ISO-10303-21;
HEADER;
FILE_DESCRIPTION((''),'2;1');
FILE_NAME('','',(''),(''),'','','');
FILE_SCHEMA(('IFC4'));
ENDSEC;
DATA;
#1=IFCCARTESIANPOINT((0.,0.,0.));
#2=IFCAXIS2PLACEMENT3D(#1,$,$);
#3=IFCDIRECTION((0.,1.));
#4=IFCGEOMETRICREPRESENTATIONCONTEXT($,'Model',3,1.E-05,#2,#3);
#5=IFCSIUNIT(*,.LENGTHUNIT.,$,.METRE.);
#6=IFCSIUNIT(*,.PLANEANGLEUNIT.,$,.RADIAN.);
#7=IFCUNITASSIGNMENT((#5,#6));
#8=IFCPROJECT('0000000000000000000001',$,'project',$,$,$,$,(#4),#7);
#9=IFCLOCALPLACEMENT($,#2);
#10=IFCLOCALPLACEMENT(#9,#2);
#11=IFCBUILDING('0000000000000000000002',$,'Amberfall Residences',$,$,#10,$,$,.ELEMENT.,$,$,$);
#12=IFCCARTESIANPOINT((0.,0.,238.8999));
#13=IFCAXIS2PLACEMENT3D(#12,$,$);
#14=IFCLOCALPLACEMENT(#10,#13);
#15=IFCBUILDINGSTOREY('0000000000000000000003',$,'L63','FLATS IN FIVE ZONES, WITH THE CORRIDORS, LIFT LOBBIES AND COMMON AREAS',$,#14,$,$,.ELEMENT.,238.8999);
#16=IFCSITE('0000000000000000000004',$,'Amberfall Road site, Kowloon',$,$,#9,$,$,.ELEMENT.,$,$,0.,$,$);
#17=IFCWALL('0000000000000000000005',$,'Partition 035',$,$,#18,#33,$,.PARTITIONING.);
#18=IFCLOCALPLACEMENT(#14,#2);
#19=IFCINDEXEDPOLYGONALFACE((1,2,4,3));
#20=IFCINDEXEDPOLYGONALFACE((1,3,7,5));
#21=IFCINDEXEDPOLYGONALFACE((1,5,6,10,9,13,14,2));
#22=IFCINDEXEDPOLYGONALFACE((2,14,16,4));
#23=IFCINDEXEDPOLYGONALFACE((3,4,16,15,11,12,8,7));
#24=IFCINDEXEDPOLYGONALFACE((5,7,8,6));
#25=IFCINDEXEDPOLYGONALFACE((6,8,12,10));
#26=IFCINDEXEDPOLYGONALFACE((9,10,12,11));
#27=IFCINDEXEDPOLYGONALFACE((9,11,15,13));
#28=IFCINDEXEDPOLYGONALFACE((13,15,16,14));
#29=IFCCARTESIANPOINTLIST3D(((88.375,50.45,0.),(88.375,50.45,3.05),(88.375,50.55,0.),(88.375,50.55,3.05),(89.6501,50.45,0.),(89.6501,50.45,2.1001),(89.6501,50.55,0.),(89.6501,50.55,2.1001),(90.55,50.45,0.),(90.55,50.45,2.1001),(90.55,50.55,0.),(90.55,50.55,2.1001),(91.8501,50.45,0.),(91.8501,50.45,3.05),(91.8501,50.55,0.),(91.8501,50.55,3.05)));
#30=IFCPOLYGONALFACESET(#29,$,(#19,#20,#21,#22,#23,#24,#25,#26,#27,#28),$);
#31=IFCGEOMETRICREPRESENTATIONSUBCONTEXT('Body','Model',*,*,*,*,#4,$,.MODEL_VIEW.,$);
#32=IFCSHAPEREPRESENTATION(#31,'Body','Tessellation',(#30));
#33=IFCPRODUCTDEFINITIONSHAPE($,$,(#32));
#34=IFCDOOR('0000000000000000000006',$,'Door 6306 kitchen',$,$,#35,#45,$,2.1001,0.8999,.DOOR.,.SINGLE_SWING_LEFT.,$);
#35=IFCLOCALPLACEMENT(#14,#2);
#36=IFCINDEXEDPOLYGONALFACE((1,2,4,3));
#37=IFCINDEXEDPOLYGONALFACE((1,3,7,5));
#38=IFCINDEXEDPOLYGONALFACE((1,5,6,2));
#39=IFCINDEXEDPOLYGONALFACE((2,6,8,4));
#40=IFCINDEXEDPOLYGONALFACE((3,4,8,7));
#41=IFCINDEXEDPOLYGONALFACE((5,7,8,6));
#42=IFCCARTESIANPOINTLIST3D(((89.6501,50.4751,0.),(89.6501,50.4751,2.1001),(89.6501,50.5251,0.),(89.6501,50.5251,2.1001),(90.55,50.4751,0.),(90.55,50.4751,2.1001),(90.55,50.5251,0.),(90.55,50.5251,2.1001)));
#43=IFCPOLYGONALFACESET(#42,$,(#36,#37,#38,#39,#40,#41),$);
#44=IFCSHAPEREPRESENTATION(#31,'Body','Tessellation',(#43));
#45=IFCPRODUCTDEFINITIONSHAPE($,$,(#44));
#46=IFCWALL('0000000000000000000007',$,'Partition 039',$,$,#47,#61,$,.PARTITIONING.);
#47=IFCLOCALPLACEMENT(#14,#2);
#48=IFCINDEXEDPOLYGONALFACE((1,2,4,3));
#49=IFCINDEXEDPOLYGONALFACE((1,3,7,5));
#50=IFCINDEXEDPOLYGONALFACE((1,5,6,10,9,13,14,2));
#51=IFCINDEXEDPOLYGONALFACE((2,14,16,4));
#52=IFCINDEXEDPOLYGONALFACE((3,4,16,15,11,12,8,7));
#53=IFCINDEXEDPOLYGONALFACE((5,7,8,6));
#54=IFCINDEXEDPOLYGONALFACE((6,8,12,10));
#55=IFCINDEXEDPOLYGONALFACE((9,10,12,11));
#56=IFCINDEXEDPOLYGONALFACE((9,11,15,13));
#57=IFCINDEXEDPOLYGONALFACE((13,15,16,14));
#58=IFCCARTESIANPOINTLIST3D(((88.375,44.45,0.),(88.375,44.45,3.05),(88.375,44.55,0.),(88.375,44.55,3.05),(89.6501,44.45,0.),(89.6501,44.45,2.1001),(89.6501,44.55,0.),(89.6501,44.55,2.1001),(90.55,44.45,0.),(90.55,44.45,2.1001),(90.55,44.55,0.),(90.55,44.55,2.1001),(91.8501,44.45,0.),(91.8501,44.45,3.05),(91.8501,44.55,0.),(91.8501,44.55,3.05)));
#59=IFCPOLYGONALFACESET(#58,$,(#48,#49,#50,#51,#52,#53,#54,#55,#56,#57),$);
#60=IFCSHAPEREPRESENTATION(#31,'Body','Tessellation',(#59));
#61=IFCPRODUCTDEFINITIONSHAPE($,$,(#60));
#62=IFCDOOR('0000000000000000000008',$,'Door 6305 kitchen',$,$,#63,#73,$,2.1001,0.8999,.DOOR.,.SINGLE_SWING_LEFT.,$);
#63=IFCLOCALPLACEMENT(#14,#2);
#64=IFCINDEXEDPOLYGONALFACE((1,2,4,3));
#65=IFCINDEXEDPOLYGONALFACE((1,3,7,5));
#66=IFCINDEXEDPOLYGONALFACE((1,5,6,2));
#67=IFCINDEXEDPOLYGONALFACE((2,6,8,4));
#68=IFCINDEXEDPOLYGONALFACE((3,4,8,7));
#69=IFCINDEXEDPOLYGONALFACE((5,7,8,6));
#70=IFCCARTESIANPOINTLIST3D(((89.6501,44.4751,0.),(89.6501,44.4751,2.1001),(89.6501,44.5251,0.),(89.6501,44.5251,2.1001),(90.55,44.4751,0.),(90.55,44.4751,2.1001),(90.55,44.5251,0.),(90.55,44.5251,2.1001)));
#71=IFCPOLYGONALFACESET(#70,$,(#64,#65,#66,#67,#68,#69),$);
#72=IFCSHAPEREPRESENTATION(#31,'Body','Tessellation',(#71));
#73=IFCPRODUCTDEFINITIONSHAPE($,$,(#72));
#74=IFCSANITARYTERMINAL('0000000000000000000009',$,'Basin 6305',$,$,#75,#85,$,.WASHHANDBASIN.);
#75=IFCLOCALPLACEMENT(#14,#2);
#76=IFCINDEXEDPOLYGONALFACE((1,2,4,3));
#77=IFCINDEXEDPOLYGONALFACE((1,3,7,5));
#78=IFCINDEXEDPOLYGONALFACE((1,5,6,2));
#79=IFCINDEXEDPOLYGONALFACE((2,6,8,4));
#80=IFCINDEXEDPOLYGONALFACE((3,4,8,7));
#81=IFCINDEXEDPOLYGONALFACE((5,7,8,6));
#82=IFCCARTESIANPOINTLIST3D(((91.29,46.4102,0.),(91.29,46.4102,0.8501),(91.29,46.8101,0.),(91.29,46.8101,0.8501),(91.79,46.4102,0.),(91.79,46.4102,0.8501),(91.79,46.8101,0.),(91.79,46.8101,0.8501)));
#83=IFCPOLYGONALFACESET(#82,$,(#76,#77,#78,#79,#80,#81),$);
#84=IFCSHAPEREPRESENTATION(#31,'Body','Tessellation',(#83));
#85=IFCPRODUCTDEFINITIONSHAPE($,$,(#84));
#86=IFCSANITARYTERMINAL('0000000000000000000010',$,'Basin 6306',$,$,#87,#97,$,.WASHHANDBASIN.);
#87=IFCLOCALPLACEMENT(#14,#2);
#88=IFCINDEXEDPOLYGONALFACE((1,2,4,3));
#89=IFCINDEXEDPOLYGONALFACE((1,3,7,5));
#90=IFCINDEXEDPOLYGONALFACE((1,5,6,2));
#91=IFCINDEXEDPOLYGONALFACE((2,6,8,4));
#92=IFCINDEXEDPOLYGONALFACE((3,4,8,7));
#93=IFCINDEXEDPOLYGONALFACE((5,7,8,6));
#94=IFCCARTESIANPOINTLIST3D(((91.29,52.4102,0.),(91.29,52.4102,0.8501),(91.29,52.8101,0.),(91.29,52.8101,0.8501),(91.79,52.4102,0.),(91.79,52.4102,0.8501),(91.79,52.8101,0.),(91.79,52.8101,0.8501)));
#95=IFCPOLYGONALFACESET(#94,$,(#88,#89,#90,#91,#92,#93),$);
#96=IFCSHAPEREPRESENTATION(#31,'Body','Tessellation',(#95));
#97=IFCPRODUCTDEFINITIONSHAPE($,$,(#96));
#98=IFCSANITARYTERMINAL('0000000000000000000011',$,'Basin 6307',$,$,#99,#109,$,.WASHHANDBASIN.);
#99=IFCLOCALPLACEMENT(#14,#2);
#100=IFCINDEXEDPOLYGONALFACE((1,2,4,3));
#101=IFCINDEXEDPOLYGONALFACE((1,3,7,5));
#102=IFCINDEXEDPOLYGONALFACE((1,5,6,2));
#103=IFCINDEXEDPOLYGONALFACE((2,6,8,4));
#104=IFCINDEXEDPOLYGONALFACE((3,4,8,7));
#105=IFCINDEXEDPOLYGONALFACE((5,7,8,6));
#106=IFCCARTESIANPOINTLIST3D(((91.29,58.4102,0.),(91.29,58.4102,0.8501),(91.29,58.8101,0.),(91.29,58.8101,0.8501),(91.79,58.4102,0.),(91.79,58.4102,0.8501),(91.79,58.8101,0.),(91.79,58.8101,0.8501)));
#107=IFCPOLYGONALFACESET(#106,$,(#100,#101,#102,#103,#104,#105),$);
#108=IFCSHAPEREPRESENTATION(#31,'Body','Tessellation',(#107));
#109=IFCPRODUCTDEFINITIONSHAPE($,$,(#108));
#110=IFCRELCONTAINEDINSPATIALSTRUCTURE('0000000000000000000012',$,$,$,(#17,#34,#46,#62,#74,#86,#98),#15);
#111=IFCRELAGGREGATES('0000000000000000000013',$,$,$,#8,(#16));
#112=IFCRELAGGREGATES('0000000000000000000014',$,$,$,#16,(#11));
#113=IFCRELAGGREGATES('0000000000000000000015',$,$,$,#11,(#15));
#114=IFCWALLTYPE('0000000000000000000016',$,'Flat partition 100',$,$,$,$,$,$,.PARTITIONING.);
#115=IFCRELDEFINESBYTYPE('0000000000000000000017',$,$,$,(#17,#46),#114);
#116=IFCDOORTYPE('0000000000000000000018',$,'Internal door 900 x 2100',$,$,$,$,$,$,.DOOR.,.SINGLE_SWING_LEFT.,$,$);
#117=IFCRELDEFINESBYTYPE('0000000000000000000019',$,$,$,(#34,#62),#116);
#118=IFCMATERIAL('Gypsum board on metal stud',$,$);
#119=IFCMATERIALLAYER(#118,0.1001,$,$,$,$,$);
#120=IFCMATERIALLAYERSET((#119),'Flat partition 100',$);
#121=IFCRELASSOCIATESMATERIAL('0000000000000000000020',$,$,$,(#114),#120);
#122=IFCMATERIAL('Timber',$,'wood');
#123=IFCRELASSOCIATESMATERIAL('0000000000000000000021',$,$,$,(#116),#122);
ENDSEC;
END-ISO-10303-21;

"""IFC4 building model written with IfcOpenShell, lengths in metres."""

from ifc_helpers import new_model, si_unit, direction, frame, frame_2d, origin, origin_2d, place, context, subcontext, project, spatial, rectangle, extrude, material, layer, layer_set, type_object, element, fill, save


model = new_model("IFC4")

# Units and contexts
model_context = context("Model", 3, precision=1e-05, world=origin(), true_north=direction((0.0, 1.0)))
body_context = subcontext(model_context, "Body", "Model", "MODEL_VIEW")
ifc_project = project(units=[si_unit("LENGTHUNIT", "METRE"), si_unit("PLANEANGLEUNIT", "RADIAN")], contexts=[model_context])

# Site, building, storey
site_placement = place(None, origin())
site = spatial("IfcSite", under=ifc_project, at=site_placement, Name="Amberfall Road site, Kowloon", CompositionType="ELEMENT", RefElevation=0.0)
building_placement = place(site_placement, origin())
building = spatial("IfcBuilding", under=site, at=building_placement, Name="Amberfall Residences", CompositionType="ELEMENT")
storey_placement = place(building_placement, frame((0.0, 0.0, 238.8999)))
storey = spatial("IfcBuildingStorey", under=building, at=storey_placement, Name="L63", Description="FLATS IN FIVE ZONES, WITH THE CORRIDORS, LIFT LOBBIES AND COMMON AREAS", CompositionType="ELEMENT", Elevation=238.8999)

# Shared definitions
ifc_material_1 = material(Name="Gypsum board on metal stud")
ifc_layer_1 = layer(ifc_material_1, 0.1001)
ifc_layer_set_1 = layer_set([ifc_layer_1], Name="Flat partition 100")
wall_type = type_object("IfcWallType", Name="Flat partition 100", PredefinedType="PARTITIONING", material=ifc_layer_set_1)

# Walls, openings, doors
ifc_material_2 = material(Name="Timber", Category="wood")
door_type = type_object("IfcDoorType", Name="Internal door 900 x 2100", OperationType="SINGLE_SWING_LEFT", PredefinedType="DOOR", material=ifc_material_2)
wall_1_placement = place(storey_placement, frame((91.8501, 50.5, 0.0), z_axis=(0.0, 0.0, 1.0), x_axis=(-1.0, 0.0, 0.0)))
wall_1 = element("IfcWall", 1, at=wall_1_placement, inside=storey, type_object=wall_type, Name="Partition 035", PredefinedType="PARTITIONING", context=body_context, shape_type="SweptSolid", body=[
    extrude(rectangle(XDim=3.4751, YDim=0.1001, at=frame_2d((1.7375, 0.0))), origin(), (0.0, 0.0, 1.0), 3.05),
])
opening_1_placement = place(wall_1_placement, frame((1.3, 0.0, 0.0)))
opening_1 = element("IfcOpeningElement", 2, at=opening_1_placement, cuts=wall_1, PredefinedType="OPENING", context=body_context, shape_type="SweptSolid", body=[
    extrude(rectangle(XDim=0.8999, YDim=2.1001, at=frame_2d((0.45, 1.05))), frame((0.0, 0.0601, 0.0), z_axis=(0.0, -1.0, 0.0), x_axis=(1.0, 0.0, 0.0)), (0.0, 0.0, 1.0), 0.1201),
])
door_1_placement = place(opening_1_placement, origin())
door_1 = element("IfcDoor", 3, at=door_1_placement, inside=storey, type_object=door_type, Name="Door 6306 kitchen", OperationType="SINGLE_SWING_LEFT", OverallHeight=2.1001, OverallWidth=0.8999, PredefinedType="DOOR", context=body_context, shape_type="SweptSolid", body=[
    extrude(rectangle(XDim=0.8999, YDim=2.1001, at=frame_2d((0.45, 1.05))), frame((0.0, 0.0249, 0.0), z_axis=(0.0, -1.0, 0.0), x_axis=(1.0, 0.0, 0.0)), (0.0, 0.0, 1.0), 0.05),
])
fill(opening_1, door_1)
wall_2_placement = place(storey_placement, frame((91.8501, 44.5, 0.0), z_axis=(0.0, 0.0, 1.0), x_axis=(-1.0, 0.0, 0.0)))
wall_2 = element("IfcWall", 4, at=wall_2_placement, inside=storey, type_object=wall_type, Name="Partition 039", PredefinedType="PARTITIONING", context=body_context, shape_type="SweptSolid", body=[
    extrude(rectangle(XDim=3.4751, YDim=0.1001, at=frame_2d((1.7375, 0.0))), origin(), (0.0, 0.0, 1.0), 3.05),
])
opening_2_placement = place(wall_2_placement, frame((1.3, 0.0, 0.0)))
opening_2 = element("IfcOpeningElement", 5, at=opening_2_placement, cuts=wall_2, PredefinedType="OPENING", context=body_context, shape_type="SweptSolid", body=[
    extrude(rectangle(XDim=0.8999, YDim=2.1001, at=frame_2d((0.45, 1.05))), frame((0.0, 0.0601, 0.0), z_axis=(0.0, -1.0, 0.0), x_axis=(1.0, 0.0, 0.0)), (0.0, 0.0, 1.0), 0.1201),
])
door_2_placement = place(opening_2_placement, origin())
door_2 = element("IfcDoor", 6, at=door_2_placement, inside=storey, type_object=door_type, Name="Door 6305 kitchen", OperationType="SINGLE_SWING_LEFT", OverallHeight=2.1001, OverallWidth=0.8999, PredefinedType="DOOR", context=body_context, shape_type="SweptSolid", body=[
    extrude(rectangle(XDim=0.8999, YDim=2.1001, at=frame_2d((0.45, 1.05))), frame((0.0, 0.0249, 0.0), z_axis=(0.0, -1.0, 0.0), x_axis=(1.0, 0.0, 0.0)), (0.0, 0.0, 1.0), 0.05),
])
fill(opening_2, door_2)

# Sanitary terminals
for number, where, z_axis, x_axis, name in (
    (7, (91.54, 46.6101, 0.0), (0.0, 0.0, 1.0), (1.0, 0.0, 0.0), "Basin 6305"),
    (8, (91.54, 52.6101, 0.0), (0.0, 0.0, 1.0), (1.0, 0.0, 0.0), "Basin 6306"),
    (9, (91.54, 58.6101, 0.0), (0.0, 0.0, 1.0), (1.0, 0.0, 0.0), "Basin 6307"),
):
    element("IfcSanitaryTerminal", number, at=place(storey_placement, frame(where, z_axis=z_axis, x_axis=x_axis)), inside=storey, Name=name, PredefinedType="WASHHANDBASIN", context=body_context, shape_type="SweptSolid", body=[
        extrude(rectangle(XDim=0.5, YDim=0.3999, at=origin_2d()), origin(), (0.0, 0.0, 1.0), 0.8501),
    ])

save(model, "model.ifc")
